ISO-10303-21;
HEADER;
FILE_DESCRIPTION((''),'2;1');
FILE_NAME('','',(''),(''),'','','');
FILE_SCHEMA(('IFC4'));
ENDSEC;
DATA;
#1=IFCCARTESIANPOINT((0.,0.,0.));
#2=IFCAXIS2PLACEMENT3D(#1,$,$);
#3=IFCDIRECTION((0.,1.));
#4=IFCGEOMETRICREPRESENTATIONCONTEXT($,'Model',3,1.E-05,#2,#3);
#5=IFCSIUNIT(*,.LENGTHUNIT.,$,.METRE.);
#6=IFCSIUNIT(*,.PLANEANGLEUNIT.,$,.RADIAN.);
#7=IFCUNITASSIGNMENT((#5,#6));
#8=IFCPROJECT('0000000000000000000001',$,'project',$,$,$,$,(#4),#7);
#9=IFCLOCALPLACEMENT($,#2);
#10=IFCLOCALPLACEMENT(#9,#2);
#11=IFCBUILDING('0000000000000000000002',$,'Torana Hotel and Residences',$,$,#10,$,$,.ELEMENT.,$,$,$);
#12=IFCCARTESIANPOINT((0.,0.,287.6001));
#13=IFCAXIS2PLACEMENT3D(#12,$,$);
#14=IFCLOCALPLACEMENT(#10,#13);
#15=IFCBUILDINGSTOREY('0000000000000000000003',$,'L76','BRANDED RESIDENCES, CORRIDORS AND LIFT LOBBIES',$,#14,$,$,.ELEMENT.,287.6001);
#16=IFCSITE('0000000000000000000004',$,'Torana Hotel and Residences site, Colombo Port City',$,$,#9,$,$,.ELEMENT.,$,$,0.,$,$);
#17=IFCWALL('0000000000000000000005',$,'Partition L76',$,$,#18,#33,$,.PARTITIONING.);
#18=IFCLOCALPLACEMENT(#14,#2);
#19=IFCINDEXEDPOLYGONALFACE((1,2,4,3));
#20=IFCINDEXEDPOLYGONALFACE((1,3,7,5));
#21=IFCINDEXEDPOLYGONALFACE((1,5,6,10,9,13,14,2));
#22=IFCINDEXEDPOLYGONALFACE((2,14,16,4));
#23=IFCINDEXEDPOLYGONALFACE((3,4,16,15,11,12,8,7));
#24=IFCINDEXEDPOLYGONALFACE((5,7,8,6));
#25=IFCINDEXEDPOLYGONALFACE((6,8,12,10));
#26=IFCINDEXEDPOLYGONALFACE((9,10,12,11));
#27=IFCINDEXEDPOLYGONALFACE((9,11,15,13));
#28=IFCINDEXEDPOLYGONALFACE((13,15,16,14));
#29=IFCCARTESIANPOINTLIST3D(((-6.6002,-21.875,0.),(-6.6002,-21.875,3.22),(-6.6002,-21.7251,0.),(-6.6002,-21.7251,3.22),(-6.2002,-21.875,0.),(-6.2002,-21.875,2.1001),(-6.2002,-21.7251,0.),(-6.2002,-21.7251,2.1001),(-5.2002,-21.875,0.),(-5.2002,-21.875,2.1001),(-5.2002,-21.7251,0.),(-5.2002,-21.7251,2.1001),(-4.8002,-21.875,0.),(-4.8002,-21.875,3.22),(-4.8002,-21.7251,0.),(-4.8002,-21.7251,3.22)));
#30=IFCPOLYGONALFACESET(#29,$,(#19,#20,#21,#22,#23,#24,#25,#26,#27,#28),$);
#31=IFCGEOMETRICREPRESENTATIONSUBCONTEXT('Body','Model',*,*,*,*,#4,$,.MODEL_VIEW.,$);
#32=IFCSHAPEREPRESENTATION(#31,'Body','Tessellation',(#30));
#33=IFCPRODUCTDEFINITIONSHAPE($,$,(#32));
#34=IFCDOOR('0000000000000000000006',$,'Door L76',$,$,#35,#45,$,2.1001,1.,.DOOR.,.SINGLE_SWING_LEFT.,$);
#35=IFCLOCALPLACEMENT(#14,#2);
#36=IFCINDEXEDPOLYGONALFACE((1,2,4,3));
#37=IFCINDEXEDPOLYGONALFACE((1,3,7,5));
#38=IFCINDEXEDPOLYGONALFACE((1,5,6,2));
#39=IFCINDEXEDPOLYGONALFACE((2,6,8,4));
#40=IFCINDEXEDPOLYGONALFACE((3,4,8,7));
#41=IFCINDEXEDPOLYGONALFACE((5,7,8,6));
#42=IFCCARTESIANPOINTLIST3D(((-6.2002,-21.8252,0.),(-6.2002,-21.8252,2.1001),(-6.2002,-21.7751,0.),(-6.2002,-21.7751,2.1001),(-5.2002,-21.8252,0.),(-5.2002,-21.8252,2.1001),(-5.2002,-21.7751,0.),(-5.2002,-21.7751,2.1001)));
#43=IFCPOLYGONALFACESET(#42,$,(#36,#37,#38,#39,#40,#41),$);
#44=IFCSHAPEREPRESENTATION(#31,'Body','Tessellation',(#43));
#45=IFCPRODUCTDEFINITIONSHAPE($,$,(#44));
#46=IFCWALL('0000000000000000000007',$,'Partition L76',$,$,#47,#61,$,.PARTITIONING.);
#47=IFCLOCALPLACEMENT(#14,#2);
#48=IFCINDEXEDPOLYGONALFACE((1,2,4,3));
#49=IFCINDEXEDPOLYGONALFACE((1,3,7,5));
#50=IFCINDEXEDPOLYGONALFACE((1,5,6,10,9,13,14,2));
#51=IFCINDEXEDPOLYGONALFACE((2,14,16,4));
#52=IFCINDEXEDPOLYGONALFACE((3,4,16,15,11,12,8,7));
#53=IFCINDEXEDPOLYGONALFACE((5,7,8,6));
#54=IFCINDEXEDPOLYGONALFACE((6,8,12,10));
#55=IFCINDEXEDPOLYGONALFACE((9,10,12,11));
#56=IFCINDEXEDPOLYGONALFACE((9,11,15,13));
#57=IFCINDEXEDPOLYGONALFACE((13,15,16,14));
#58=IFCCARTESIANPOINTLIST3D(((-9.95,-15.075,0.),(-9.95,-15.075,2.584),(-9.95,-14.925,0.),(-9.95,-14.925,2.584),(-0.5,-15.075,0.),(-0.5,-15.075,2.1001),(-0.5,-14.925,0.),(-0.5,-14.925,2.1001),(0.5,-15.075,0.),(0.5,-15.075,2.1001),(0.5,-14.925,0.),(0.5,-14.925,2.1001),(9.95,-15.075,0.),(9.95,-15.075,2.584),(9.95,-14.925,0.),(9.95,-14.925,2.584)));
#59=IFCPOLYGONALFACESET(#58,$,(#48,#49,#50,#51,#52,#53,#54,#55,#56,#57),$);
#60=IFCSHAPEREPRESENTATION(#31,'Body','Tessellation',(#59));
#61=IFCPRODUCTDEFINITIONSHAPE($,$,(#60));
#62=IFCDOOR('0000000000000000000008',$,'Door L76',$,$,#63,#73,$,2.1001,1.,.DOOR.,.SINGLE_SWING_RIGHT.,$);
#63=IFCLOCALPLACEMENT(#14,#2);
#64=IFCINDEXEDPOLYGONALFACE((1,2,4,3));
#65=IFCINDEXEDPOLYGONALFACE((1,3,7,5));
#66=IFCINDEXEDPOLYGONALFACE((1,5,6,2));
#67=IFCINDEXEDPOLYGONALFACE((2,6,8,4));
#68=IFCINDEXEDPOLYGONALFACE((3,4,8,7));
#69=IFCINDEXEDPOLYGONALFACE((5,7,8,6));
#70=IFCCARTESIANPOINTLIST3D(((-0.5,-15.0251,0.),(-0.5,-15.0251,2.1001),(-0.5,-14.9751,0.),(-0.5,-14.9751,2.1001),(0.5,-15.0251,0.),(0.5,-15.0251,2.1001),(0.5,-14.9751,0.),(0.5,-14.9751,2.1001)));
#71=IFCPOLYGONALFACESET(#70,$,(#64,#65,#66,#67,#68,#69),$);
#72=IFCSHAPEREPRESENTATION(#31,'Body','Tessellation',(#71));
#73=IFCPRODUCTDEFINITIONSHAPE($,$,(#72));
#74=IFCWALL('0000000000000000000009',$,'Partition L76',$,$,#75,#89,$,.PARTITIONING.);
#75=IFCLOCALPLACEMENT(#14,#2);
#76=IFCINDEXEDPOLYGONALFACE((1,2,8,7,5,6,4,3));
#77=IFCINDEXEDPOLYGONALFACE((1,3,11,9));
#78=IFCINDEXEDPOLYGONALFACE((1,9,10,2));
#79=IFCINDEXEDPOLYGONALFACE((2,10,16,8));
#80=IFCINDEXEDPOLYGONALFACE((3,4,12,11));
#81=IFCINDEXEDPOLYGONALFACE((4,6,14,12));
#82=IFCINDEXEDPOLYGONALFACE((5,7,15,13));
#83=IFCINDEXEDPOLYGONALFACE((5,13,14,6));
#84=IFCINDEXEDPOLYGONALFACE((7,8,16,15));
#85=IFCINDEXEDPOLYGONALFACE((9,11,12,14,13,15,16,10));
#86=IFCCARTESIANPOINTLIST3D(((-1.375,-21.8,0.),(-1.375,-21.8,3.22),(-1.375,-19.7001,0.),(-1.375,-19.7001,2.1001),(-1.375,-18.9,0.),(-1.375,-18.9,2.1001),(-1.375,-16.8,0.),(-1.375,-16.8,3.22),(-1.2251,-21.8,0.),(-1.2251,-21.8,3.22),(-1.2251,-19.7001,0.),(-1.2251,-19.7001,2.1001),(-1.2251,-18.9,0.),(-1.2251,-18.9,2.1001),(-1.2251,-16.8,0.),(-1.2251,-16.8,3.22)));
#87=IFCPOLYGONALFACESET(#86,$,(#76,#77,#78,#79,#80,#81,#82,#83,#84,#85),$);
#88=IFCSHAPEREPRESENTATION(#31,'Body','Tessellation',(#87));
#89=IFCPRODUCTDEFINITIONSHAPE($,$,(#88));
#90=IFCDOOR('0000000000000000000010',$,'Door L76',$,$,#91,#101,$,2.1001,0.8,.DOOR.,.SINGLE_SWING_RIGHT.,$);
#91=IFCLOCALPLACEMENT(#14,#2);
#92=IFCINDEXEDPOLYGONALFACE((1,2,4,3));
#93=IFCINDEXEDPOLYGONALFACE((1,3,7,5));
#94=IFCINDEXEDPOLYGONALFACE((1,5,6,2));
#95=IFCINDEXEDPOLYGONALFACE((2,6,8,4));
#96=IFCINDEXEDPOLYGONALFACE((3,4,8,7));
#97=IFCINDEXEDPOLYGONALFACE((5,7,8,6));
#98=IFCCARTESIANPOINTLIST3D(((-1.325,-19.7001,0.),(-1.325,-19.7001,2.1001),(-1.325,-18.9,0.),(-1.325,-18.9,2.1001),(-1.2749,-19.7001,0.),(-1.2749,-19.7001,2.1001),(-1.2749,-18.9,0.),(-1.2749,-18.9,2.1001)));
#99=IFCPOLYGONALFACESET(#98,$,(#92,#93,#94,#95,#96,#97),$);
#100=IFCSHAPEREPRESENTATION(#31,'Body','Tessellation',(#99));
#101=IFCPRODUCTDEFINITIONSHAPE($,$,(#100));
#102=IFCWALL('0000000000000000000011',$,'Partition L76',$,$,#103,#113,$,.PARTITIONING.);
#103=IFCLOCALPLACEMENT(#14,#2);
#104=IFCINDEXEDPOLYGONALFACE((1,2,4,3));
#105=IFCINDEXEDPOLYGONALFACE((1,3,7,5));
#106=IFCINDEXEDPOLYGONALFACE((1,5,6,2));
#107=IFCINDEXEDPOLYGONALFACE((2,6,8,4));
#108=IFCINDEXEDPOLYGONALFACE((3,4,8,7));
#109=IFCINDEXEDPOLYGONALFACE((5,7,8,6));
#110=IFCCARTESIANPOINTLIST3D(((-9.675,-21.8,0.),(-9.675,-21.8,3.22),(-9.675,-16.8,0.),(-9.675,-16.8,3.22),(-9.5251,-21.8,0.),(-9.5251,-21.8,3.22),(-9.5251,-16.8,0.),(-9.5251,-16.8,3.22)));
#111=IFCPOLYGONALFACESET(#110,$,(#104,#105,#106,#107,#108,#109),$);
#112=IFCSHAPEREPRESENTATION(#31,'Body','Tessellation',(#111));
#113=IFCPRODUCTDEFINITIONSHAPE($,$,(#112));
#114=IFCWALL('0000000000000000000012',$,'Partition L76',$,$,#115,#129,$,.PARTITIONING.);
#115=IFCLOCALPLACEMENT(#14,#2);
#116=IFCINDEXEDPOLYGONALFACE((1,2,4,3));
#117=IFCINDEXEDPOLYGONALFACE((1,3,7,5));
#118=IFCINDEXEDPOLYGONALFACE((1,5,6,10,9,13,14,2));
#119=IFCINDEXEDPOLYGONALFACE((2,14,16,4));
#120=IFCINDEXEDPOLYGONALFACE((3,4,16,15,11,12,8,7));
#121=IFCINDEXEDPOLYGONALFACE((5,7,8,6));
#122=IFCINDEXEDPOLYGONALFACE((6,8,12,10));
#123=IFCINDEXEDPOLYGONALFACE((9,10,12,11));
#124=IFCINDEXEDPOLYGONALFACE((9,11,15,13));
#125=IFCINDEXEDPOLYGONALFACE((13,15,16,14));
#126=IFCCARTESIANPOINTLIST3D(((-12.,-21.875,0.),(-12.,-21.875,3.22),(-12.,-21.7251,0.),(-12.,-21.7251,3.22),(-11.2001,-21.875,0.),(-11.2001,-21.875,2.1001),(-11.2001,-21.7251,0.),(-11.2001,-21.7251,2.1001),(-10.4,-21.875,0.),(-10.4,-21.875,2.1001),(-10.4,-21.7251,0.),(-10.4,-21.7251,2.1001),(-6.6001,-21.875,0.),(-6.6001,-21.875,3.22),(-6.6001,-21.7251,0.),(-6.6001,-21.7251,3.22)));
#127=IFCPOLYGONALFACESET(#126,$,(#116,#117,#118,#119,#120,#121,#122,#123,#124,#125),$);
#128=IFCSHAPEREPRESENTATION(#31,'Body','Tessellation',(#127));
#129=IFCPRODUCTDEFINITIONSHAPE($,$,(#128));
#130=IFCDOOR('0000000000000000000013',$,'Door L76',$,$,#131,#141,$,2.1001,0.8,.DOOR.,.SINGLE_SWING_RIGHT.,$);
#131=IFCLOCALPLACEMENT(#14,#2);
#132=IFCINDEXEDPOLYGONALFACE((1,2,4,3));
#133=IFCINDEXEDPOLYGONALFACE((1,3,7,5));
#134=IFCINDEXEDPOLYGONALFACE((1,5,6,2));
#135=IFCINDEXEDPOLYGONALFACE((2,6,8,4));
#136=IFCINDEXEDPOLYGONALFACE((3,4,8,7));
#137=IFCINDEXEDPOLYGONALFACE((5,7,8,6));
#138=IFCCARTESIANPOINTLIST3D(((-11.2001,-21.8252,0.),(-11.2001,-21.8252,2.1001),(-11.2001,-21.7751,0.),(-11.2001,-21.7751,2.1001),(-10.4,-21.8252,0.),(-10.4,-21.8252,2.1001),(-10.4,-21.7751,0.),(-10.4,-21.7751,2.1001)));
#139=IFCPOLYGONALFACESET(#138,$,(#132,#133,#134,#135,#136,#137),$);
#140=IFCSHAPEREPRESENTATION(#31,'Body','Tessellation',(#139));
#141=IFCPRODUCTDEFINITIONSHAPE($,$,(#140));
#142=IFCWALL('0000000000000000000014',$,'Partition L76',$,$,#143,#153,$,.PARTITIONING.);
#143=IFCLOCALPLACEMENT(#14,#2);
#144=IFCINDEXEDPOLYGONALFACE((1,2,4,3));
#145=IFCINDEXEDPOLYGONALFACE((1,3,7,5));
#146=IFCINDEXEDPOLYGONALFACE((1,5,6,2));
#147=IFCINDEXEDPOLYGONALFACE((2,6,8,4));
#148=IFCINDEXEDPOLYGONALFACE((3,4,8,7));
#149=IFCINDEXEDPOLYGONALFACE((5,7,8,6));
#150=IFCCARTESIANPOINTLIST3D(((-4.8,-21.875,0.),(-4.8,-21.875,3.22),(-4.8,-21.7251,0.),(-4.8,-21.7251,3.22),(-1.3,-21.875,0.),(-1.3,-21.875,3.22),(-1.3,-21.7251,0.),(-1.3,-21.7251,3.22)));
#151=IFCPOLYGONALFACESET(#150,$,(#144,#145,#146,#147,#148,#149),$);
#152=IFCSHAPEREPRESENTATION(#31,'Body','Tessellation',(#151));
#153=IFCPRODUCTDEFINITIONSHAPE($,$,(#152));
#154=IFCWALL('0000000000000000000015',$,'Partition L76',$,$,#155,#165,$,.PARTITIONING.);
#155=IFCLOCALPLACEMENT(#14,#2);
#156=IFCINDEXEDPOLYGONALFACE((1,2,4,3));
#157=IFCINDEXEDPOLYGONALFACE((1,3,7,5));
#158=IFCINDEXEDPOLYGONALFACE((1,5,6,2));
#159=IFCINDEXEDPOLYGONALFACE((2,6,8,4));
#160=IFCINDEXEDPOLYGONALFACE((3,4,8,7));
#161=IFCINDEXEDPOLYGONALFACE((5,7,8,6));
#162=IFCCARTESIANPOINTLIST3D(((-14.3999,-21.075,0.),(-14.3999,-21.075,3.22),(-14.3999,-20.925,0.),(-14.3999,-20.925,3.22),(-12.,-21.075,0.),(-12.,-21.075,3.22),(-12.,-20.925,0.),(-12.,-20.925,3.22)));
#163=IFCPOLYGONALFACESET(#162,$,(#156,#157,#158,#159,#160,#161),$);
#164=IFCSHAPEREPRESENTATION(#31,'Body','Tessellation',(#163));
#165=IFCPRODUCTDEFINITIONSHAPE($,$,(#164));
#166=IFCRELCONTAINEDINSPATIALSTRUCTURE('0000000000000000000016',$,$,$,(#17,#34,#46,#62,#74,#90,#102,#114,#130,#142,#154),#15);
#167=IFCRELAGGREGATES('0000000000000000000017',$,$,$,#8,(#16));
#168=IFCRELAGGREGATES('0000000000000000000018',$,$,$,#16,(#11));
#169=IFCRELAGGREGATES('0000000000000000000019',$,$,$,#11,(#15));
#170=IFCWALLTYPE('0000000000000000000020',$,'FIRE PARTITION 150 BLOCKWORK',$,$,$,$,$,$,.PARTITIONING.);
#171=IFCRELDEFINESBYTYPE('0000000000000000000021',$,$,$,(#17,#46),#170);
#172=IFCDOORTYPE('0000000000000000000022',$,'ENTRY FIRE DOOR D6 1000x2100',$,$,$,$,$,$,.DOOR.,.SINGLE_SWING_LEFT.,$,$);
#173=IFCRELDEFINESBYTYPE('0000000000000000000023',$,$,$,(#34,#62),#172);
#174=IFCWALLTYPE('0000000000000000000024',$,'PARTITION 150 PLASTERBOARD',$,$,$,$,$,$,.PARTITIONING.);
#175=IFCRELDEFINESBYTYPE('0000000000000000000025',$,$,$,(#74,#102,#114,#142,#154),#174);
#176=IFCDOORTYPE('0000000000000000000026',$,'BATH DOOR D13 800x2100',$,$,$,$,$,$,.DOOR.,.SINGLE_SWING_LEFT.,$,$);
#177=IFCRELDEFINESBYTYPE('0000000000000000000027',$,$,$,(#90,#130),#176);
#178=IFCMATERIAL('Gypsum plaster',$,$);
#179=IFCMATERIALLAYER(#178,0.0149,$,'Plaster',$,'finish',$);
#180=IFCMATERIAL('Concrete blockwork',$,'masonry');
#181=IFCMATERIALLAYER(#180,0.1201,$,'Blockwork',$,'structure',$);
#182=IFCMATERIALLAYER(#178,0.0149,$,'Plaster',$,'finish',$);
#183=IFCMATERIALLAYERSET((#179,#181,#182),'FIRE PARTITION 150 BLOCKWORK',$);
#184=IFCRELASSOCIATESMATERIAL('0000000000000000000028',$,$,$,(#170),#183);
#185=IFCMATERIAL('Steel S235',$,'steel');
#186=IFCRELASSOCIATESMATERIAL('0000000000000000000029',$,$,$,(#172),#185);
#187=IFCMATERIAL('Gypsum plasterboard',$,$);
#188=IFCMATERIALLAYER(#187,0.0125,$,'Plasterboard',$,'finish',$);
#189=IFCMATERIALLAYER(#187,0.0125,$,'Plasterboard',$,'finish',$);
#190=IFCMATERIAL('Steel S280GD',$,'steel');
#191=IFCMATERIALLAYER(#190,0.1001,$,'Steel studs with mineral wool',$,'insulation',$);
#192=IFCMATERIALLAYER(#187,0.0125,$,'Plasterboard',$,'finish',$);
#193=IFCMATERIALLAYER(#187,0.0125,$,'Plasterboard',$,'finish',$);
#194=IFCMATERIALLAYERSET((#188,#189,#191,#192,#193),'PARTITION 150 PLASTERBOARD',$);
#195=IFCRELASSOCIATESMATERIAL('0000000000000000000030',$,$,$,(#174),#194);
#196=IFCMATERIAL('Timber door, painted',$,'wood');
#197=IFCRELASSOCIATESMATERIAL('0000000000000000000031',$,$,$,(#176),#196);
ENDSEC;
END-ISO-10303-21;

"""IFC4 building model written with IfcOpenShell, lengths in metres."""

from ifc_helpers import new_model, si_unit, direction, frame, frame_2d, origin, place, context, subcontext, project, spatial, rectangle, extrude, material, layer, layer_set, type_object, element, fill, save


model = new_model("IFC4")

# Units and contexts
model_context = context("Model", 3, precision=1e-05, world=origin(), true_north=direction((0.0, 1.0)))
body_context = subcontext(model_context, "Body", "Model", "MODEL_VIEW")
ifc_project = project(units=[si_unit("LENGTHUNIT", "METRE"), si_unit("PLANEANGLEUNIT", "RADIAN")], contexts=[model_context])

# Site, building, storey
site_placement = place(None, origin())
site = spatial("IfcSite", under=ifc_project, at=site_placement, Name="Torana Hotel and Residences site, Colombo Port City", CompositionType="ELEMENT", RefElevation=0.0)
building_placement = place(site_placement, origin())
building = spatial("IfcBuilding", under=site, at=building_placement, Name="Torana Hotel and Residences", CompositionType="ELEMENT")
storey_placement = place(building_placement, frame((0.0, 0.0, 287.6001)))
storey = spatial("IfcBuildingStorey", under=building, at=storey_placement, Name="L76", Description="BRANDED RESIDENCES, CORRIDORS AND LIFT LOBBIES", CompositionType="ELEMENT", Elevation=287.6001)

# Shared definitions
ifc_material_1 = material(Name="Gypsum plaster")
ifc_layer_1 = layer(ifc_material_1, 0.0149, Name="Plaster", Category="finish")
ifc_material_2 = material(Name="Concrete blockwork", Category="masonry")
ifc_layer_2 = layer(ifc_material_2, 0.1201, Name="Blockwork", Category="structure")
ifc_layer_3 = layer(ifc_material_1, 0.0149, Name="Plaster", Category="finish")
ifc_layer_set_1 = layer_set([ifc_layer_1, ifc_layer_2, ifc_layer_3], Name="FIRE PARTITION 150 BLOCKWORK")
wall_type_1 = type_object("IfcWallType", Name="FIRE PARTITION 150 BLOCKWORK", PredefinedType="PARTITIONING", material=ifc_layer_set_1)

# Walls, openings, doors
ifc_material_3 = material(Name="Steel S235", Category="steel")
door_type_1 = type_object("IfcDoorType", Name="ENTRY FIRE DOOR D6 1000x2100", OperationType="SINGLE_SWING_LEFT", PredefinedType="DOOR", material=ifc_material_3)
wall_1_placement = place(storey_placement, frame((-6.6001, -21.8, 0.0), z_axis=(0.0, 0.0, 1.0), x_axis=(1.0, 0.0, 0.0)))
wall_1 = element("IfcWall", 1, at=wall_1_placement, inside=storey, type_object=wall_type_1, Name="Partition L76", PredefinedType="PARTITIONING", context=body_context, shape_type="SweptSolid", body=[
    extrude(rectangle(XDim=1.8, YDim=0.1499, at=frame_2d((0.8999, 0.0))), origin(), (0.0, 0.0, 1.0), 3.22),
])
opening_1_placement = place(wall_1_placement, frame((0.3999, 0.0, 0.0)))
opening_1 = element("IfcOpeningElement", 2, at=opening_1_placement, cuts=wall_1, PredefinedType="OPENING", context=body_context, shape_type="SweptSolid", body=[
    extrude(rectangle(XDim=1.0, YDim=2.1001, at=frame_2d((0.5, 1.05))), frame((0.0, 0.085, 0.0), z_axis=(0.0, -1.0, 0.0), x_axis=(1.0, 0.0, 0.0)), (0.0, 0.0, 1.0), 0.1699),
])
door_1_placement = place(opening_1_placement, frame((0.5, 0.0, 0.0), z_axis=(0.0, 0.0, 1.0), x_axis=(-1.0, 0.0, 0.0)))
door_1 = element("IfcDoor", 3, at=door_1_placement, inside=storey, type_object=door_type_1, Name="Door L76", OperationType="SINGLE_SWING_LEFT", OverallHeight=2.1001, OverallWidth=1.0, PredefinedType="DOOR", context=body_context, shape_type="SweptSolid", body=[
    extrude(rectangle(XDim=1.0, YDim=2.1001, at=frame_2d((0.0, 1.05))), frame((0.0, -0.0249, 0.0), z_axis=(0.0, 1.0, 0.0), x_axis=(-1.0, 0.0, 0.0)), (0.0, 0.0, 1.0), 0.05),
])
fill(opening_1, door_1)
wall_2_placement = place(storey_placement, frame((-9.95, -15.0, 0.0), z_axis=(0.0, 0.0, 1.0), x_axis=(1.0, 0.0, 0.0)))
wall_2 = element("IfcWall", 4, at=wall_2_placement, inside=storey, type_object=wall_type_1, Name="Partition L76", PredefinedType="PARTITIONING", context=body_context, shape_type="SweptSolid", body=[
    extrude(rectangle(XDim=19.8999, YDim=0.1499, at=frame_2d((9.95, 0.0))), origin(), (0.0, 0.0, 1.0), 2.584),
])
opening_2_placement = place(wall_2_placement, frame((9.45, 0.0, 0.0)))
opening_2 = element("IfcOpeningElement", 5, at=opening_2_placement, cuts=wall_2, PredefinedType="OPENING", context=body_context, shape_type="SweptSolid", body=[
    extrude(rectangle(XDim=1.0, YDim=2.1001, at=frame_2d((0.5, 1.05))), frame((0.0, 0.085, 0.0), z_axis=(0.0, -1.0, 0.0), x_axis=(1.0, 0.0, 0.0)), (0.0, 0.0, 1.0), 0.1699),
])
door_2_placement = place(opening_2_placement, origin())
door_2 = element("IfcDoor", 6, at=door_2_placement, inside=storey, type_object=door_type_1, Name="Door L76", OperationType="SINGLE_SWING_RIGHT", OverallHeight=2.1001, OverallWidth=1.0, PredefinedType="DOOR", context=body_context, shape_type="SweptSolid", body=[
    extrude(rectangle(XDim=1.0, YDim=2.1001, at=frame_2d((0.5, 1.05))), frame((0.0, 0.0249, 0.0), z_axis=(0.0, -1.0, 0.0), x_axis=(1.0, 0.0, 0.0)), (0.0, 0.0, 1.0), 0.05),
])
fill(opening_2, door_2)
ifc_material_4 = material(Name="Gypsum plasterboard")
ifc_layer_4 = layer(ifc_material_4, 0.0125, Name="Plasterboard", Category="finish")
ifc_layer_5 = layer(ifc_material_4, 0.0125, Name="Plasterboard", Category="finish")
ifc_material_5 = material(Name="Steel S280GD", Category="steel")
ifc_layer_6 = layer(ifc_material_5, 0.1001, Name="Steel studs with mineral wool", Category="insulation")
ifc_layer_7 = layer(ifc_material_4, 0.0125, Name="Plasterboard", Category="finish")
ifc_layer_8 = layer(ifc_material_4, 0.0125, Name="Plasterboard", Category="finish")
ifc_layer_set_2 = layer_set([ifc_layer_4, ifc_layer_5, ifc_layer_6, ifc_layer_7, ifc_layer_8], Name="PARTITION 150 PLASTERBOARD")
wall_type_2 = type_object("IfcWallType", Name="PARTITION 150 PLASTERBOARD", PredefinedType="PARTITIONING", material=ifc_layer_set_2)
wall_3_placement = place(storey_placement, frame((-1.3, -21.8, 0.0), z_axis=(0.0, 0.0, 1.0), x_axis=(0.0, 1.0, 0.0)))
wall_3 = element("IfcWall", 7, at=wall_3_placement, inside=storey, type_object=wall_type_2, Name="Partition L76", PredefinedType="PARTITIONING", context=body_context, shape_type="SweptSolid", body=[
    extrude(rectangle(XDim=5.0, YDim=0.1499, at=frame_2d((2.5, 0.0))), origin(), (0.0, 0.0, 1.0), 3.22),
])
opening_3_placement = place(wall_3_placement, frame((2.1001, 0.0, 0.0)))
opening_3 = element("IfcOpeningElement", 8, at=opening_3_placement, cuts=wall_3, PredefinedType="OPENING", context=body_context, shape_type="SweptSolid", body=[
    extrude(rectangle(XDim=0.8, YDim=2.1001, at=frame_2d((0.3999, 1.05))), frame((0.0, 0.085, 0.0), z_axis=(0.0, -1.0, 0.0), x_axis=(1.0, 0.0, 0.0)), (0.0, 0.0, 1.0), 0.1699),
])
ifc_material_6 = material(Name="Timber door, painted", Category="wood")
door_type_2 = type_object("IfcDoorType", Name="BATH DOOR D13 800x2100", OperationType="SINGLE_SWING_LEFT", PredefinedType="DOOR", material=ifc_material_6)
door_3_placement = place(opening_3_placement, origin())
door_3 = element("IfcDoor", 9, at=door_3_placement, inside=storey, type_object=door_type_2, Name="Door L76", OperationType="SINGLE_SWING_RIGHT", OverallHeight=2.1001, OverallWidth=0.8, PredefinedType="DOOR", context=body_context, shape_type="SweptSolid", body=[
    extrude(rectangle(XDim=0.8, YDim=2.1001, at=frame_2d((0.3999, 1.05))), frame((0.0, 0.0249, 0.0), z_axis=(0.0, -1.0, 0.0), x_axis=(1.0, 0.0, 0.0)), (0.0, 0.0, 1.0), 0.05),
])
fill(opening_3, door_3)

# Wall
wall_4_placement = place(storey_placement, frame((-9.6001, -21.8, 0.0), z_axis=(0.0, 0.0, 1.0), x_axis=(0.0, 1.0, 0.0)))
element("IfcWall", 10, at=wall_4_placement, inside=storey, type_object=wall_type_2, Name="Partition L76", PredefinedType="PARTITIONING", context=body_context, shape_type="SweptSolid", body=[
    extrude(rectangle(XDim=5.0, YDim=0.1499, at=frame_2d((2.5, 0.0))), origin(), (0.0, 0.0, 1.0), 3.22),
])

# Wall, opening, door
wall_5_placement = place(storey_placement, frame((-12.0, -21.8, 0.0), z_axis=(0.0, 0.0, 1.0), x_axis=(1.0, 0.0, 0.0)))
wall_5 = element("IfcWall", 11, at=wall_5_placement, inside=storey, type_object=wall_type_2, Name="Partition L76", PredefinedType="PARTITIONING", context=body_context, shape_type="SweptSolid", body=[
    extrude(rectangle(XDim=5.3999, YDim=0.1499, at=frame_2d((2.7, 0.0))), origin(), (0.0, 0.0, 1.0), 3.22),
])
opening_4_placement = place(wall_5_placement, frame((0.8, 0.0, 0.0)))
opening_4 = element("IfcOpeningElement", 12, at=opening_4_placement, cuts=wall_5, PredefinedType="OPENING", context=body_context, shape_type="SweptSolid", body=[
    extrude(rectangle(XDim=0.8, YDim=2.1001, at=frame_2d((0.3999, 1.05))), frame((0.0, 0.085, 0.0), z_axis=(0.0, -1.0, 0.0), x_axis=(1.0, 0.0, 0.0)), (0.0, 0.0, 1.0), 0.1699),
])
door_4_placement = place(opening_4_placement, origin())
door_4 = element("IfcDoor", 13, at=door_4_placement, inside=storey, type_object=door_type_2, Name="Door L76", OperationType="SINGLE_SWING_RIGHT", OverallHeight=2.1001, OverallWidth=0.8, PredefinedType="DOOR", context=body_context, shape_type="SweptSolid", body=[
    extrude(rectangle(XDim=0.8, YDim=2.1001, at=frame_2d((0.3999, 1.05))), frame((0.0, 0.0249, 0.0), z_axis=(0.0, -1.0, 0.0), x_axis=(1.0, 0.0, 0.0)), (0.0, 0.0, 1.0), 0.05),
])
fill(opening_4, door_4)

# Walls
wall_6_placement = place(storey_placement, frame((-4.8, -21.8, 0.0), z_axis=(0.0, 0.0, 1.0), x_axis=(1.0, 0.0, 0.0)))
element("IfcWall", 14, at=wall_6_placement, inside=storey, type_object=wall_type_2, Name="Partition L76", PredefinedType="PARTITIONING", context=body_context, shape_type="SweptSolid", body=[
    extrude(rectangle(XDim=3.5, YDim=0.1499, at=frame_2d((1.75, 0.0))), origin(), (0.0, 0.0, 1.0), 3.22),
])
wall_7_placement = place(storey_placement, frame((-14.3999, -21.0, 0.0), z_axis=(0.0, 0.0, 1.0), x_axis=(1.0, 0.0, 0.0)))
element("IfcWall", 15, at=wall_7_placement, inside=storey, type_object=wall_type_2, Name="Partition L76", PredefinedType="PARTITIONING", context=body_context, shape_type="SweptSolid", body=[
    extrude(rectangle(XDim=2.3999, YDim=0.1499, at=frame_2d((1.2, 0.0))), origin(), (0.0, 0.0, 1.0), 3.22),
])

save(model, "model.ifc")
